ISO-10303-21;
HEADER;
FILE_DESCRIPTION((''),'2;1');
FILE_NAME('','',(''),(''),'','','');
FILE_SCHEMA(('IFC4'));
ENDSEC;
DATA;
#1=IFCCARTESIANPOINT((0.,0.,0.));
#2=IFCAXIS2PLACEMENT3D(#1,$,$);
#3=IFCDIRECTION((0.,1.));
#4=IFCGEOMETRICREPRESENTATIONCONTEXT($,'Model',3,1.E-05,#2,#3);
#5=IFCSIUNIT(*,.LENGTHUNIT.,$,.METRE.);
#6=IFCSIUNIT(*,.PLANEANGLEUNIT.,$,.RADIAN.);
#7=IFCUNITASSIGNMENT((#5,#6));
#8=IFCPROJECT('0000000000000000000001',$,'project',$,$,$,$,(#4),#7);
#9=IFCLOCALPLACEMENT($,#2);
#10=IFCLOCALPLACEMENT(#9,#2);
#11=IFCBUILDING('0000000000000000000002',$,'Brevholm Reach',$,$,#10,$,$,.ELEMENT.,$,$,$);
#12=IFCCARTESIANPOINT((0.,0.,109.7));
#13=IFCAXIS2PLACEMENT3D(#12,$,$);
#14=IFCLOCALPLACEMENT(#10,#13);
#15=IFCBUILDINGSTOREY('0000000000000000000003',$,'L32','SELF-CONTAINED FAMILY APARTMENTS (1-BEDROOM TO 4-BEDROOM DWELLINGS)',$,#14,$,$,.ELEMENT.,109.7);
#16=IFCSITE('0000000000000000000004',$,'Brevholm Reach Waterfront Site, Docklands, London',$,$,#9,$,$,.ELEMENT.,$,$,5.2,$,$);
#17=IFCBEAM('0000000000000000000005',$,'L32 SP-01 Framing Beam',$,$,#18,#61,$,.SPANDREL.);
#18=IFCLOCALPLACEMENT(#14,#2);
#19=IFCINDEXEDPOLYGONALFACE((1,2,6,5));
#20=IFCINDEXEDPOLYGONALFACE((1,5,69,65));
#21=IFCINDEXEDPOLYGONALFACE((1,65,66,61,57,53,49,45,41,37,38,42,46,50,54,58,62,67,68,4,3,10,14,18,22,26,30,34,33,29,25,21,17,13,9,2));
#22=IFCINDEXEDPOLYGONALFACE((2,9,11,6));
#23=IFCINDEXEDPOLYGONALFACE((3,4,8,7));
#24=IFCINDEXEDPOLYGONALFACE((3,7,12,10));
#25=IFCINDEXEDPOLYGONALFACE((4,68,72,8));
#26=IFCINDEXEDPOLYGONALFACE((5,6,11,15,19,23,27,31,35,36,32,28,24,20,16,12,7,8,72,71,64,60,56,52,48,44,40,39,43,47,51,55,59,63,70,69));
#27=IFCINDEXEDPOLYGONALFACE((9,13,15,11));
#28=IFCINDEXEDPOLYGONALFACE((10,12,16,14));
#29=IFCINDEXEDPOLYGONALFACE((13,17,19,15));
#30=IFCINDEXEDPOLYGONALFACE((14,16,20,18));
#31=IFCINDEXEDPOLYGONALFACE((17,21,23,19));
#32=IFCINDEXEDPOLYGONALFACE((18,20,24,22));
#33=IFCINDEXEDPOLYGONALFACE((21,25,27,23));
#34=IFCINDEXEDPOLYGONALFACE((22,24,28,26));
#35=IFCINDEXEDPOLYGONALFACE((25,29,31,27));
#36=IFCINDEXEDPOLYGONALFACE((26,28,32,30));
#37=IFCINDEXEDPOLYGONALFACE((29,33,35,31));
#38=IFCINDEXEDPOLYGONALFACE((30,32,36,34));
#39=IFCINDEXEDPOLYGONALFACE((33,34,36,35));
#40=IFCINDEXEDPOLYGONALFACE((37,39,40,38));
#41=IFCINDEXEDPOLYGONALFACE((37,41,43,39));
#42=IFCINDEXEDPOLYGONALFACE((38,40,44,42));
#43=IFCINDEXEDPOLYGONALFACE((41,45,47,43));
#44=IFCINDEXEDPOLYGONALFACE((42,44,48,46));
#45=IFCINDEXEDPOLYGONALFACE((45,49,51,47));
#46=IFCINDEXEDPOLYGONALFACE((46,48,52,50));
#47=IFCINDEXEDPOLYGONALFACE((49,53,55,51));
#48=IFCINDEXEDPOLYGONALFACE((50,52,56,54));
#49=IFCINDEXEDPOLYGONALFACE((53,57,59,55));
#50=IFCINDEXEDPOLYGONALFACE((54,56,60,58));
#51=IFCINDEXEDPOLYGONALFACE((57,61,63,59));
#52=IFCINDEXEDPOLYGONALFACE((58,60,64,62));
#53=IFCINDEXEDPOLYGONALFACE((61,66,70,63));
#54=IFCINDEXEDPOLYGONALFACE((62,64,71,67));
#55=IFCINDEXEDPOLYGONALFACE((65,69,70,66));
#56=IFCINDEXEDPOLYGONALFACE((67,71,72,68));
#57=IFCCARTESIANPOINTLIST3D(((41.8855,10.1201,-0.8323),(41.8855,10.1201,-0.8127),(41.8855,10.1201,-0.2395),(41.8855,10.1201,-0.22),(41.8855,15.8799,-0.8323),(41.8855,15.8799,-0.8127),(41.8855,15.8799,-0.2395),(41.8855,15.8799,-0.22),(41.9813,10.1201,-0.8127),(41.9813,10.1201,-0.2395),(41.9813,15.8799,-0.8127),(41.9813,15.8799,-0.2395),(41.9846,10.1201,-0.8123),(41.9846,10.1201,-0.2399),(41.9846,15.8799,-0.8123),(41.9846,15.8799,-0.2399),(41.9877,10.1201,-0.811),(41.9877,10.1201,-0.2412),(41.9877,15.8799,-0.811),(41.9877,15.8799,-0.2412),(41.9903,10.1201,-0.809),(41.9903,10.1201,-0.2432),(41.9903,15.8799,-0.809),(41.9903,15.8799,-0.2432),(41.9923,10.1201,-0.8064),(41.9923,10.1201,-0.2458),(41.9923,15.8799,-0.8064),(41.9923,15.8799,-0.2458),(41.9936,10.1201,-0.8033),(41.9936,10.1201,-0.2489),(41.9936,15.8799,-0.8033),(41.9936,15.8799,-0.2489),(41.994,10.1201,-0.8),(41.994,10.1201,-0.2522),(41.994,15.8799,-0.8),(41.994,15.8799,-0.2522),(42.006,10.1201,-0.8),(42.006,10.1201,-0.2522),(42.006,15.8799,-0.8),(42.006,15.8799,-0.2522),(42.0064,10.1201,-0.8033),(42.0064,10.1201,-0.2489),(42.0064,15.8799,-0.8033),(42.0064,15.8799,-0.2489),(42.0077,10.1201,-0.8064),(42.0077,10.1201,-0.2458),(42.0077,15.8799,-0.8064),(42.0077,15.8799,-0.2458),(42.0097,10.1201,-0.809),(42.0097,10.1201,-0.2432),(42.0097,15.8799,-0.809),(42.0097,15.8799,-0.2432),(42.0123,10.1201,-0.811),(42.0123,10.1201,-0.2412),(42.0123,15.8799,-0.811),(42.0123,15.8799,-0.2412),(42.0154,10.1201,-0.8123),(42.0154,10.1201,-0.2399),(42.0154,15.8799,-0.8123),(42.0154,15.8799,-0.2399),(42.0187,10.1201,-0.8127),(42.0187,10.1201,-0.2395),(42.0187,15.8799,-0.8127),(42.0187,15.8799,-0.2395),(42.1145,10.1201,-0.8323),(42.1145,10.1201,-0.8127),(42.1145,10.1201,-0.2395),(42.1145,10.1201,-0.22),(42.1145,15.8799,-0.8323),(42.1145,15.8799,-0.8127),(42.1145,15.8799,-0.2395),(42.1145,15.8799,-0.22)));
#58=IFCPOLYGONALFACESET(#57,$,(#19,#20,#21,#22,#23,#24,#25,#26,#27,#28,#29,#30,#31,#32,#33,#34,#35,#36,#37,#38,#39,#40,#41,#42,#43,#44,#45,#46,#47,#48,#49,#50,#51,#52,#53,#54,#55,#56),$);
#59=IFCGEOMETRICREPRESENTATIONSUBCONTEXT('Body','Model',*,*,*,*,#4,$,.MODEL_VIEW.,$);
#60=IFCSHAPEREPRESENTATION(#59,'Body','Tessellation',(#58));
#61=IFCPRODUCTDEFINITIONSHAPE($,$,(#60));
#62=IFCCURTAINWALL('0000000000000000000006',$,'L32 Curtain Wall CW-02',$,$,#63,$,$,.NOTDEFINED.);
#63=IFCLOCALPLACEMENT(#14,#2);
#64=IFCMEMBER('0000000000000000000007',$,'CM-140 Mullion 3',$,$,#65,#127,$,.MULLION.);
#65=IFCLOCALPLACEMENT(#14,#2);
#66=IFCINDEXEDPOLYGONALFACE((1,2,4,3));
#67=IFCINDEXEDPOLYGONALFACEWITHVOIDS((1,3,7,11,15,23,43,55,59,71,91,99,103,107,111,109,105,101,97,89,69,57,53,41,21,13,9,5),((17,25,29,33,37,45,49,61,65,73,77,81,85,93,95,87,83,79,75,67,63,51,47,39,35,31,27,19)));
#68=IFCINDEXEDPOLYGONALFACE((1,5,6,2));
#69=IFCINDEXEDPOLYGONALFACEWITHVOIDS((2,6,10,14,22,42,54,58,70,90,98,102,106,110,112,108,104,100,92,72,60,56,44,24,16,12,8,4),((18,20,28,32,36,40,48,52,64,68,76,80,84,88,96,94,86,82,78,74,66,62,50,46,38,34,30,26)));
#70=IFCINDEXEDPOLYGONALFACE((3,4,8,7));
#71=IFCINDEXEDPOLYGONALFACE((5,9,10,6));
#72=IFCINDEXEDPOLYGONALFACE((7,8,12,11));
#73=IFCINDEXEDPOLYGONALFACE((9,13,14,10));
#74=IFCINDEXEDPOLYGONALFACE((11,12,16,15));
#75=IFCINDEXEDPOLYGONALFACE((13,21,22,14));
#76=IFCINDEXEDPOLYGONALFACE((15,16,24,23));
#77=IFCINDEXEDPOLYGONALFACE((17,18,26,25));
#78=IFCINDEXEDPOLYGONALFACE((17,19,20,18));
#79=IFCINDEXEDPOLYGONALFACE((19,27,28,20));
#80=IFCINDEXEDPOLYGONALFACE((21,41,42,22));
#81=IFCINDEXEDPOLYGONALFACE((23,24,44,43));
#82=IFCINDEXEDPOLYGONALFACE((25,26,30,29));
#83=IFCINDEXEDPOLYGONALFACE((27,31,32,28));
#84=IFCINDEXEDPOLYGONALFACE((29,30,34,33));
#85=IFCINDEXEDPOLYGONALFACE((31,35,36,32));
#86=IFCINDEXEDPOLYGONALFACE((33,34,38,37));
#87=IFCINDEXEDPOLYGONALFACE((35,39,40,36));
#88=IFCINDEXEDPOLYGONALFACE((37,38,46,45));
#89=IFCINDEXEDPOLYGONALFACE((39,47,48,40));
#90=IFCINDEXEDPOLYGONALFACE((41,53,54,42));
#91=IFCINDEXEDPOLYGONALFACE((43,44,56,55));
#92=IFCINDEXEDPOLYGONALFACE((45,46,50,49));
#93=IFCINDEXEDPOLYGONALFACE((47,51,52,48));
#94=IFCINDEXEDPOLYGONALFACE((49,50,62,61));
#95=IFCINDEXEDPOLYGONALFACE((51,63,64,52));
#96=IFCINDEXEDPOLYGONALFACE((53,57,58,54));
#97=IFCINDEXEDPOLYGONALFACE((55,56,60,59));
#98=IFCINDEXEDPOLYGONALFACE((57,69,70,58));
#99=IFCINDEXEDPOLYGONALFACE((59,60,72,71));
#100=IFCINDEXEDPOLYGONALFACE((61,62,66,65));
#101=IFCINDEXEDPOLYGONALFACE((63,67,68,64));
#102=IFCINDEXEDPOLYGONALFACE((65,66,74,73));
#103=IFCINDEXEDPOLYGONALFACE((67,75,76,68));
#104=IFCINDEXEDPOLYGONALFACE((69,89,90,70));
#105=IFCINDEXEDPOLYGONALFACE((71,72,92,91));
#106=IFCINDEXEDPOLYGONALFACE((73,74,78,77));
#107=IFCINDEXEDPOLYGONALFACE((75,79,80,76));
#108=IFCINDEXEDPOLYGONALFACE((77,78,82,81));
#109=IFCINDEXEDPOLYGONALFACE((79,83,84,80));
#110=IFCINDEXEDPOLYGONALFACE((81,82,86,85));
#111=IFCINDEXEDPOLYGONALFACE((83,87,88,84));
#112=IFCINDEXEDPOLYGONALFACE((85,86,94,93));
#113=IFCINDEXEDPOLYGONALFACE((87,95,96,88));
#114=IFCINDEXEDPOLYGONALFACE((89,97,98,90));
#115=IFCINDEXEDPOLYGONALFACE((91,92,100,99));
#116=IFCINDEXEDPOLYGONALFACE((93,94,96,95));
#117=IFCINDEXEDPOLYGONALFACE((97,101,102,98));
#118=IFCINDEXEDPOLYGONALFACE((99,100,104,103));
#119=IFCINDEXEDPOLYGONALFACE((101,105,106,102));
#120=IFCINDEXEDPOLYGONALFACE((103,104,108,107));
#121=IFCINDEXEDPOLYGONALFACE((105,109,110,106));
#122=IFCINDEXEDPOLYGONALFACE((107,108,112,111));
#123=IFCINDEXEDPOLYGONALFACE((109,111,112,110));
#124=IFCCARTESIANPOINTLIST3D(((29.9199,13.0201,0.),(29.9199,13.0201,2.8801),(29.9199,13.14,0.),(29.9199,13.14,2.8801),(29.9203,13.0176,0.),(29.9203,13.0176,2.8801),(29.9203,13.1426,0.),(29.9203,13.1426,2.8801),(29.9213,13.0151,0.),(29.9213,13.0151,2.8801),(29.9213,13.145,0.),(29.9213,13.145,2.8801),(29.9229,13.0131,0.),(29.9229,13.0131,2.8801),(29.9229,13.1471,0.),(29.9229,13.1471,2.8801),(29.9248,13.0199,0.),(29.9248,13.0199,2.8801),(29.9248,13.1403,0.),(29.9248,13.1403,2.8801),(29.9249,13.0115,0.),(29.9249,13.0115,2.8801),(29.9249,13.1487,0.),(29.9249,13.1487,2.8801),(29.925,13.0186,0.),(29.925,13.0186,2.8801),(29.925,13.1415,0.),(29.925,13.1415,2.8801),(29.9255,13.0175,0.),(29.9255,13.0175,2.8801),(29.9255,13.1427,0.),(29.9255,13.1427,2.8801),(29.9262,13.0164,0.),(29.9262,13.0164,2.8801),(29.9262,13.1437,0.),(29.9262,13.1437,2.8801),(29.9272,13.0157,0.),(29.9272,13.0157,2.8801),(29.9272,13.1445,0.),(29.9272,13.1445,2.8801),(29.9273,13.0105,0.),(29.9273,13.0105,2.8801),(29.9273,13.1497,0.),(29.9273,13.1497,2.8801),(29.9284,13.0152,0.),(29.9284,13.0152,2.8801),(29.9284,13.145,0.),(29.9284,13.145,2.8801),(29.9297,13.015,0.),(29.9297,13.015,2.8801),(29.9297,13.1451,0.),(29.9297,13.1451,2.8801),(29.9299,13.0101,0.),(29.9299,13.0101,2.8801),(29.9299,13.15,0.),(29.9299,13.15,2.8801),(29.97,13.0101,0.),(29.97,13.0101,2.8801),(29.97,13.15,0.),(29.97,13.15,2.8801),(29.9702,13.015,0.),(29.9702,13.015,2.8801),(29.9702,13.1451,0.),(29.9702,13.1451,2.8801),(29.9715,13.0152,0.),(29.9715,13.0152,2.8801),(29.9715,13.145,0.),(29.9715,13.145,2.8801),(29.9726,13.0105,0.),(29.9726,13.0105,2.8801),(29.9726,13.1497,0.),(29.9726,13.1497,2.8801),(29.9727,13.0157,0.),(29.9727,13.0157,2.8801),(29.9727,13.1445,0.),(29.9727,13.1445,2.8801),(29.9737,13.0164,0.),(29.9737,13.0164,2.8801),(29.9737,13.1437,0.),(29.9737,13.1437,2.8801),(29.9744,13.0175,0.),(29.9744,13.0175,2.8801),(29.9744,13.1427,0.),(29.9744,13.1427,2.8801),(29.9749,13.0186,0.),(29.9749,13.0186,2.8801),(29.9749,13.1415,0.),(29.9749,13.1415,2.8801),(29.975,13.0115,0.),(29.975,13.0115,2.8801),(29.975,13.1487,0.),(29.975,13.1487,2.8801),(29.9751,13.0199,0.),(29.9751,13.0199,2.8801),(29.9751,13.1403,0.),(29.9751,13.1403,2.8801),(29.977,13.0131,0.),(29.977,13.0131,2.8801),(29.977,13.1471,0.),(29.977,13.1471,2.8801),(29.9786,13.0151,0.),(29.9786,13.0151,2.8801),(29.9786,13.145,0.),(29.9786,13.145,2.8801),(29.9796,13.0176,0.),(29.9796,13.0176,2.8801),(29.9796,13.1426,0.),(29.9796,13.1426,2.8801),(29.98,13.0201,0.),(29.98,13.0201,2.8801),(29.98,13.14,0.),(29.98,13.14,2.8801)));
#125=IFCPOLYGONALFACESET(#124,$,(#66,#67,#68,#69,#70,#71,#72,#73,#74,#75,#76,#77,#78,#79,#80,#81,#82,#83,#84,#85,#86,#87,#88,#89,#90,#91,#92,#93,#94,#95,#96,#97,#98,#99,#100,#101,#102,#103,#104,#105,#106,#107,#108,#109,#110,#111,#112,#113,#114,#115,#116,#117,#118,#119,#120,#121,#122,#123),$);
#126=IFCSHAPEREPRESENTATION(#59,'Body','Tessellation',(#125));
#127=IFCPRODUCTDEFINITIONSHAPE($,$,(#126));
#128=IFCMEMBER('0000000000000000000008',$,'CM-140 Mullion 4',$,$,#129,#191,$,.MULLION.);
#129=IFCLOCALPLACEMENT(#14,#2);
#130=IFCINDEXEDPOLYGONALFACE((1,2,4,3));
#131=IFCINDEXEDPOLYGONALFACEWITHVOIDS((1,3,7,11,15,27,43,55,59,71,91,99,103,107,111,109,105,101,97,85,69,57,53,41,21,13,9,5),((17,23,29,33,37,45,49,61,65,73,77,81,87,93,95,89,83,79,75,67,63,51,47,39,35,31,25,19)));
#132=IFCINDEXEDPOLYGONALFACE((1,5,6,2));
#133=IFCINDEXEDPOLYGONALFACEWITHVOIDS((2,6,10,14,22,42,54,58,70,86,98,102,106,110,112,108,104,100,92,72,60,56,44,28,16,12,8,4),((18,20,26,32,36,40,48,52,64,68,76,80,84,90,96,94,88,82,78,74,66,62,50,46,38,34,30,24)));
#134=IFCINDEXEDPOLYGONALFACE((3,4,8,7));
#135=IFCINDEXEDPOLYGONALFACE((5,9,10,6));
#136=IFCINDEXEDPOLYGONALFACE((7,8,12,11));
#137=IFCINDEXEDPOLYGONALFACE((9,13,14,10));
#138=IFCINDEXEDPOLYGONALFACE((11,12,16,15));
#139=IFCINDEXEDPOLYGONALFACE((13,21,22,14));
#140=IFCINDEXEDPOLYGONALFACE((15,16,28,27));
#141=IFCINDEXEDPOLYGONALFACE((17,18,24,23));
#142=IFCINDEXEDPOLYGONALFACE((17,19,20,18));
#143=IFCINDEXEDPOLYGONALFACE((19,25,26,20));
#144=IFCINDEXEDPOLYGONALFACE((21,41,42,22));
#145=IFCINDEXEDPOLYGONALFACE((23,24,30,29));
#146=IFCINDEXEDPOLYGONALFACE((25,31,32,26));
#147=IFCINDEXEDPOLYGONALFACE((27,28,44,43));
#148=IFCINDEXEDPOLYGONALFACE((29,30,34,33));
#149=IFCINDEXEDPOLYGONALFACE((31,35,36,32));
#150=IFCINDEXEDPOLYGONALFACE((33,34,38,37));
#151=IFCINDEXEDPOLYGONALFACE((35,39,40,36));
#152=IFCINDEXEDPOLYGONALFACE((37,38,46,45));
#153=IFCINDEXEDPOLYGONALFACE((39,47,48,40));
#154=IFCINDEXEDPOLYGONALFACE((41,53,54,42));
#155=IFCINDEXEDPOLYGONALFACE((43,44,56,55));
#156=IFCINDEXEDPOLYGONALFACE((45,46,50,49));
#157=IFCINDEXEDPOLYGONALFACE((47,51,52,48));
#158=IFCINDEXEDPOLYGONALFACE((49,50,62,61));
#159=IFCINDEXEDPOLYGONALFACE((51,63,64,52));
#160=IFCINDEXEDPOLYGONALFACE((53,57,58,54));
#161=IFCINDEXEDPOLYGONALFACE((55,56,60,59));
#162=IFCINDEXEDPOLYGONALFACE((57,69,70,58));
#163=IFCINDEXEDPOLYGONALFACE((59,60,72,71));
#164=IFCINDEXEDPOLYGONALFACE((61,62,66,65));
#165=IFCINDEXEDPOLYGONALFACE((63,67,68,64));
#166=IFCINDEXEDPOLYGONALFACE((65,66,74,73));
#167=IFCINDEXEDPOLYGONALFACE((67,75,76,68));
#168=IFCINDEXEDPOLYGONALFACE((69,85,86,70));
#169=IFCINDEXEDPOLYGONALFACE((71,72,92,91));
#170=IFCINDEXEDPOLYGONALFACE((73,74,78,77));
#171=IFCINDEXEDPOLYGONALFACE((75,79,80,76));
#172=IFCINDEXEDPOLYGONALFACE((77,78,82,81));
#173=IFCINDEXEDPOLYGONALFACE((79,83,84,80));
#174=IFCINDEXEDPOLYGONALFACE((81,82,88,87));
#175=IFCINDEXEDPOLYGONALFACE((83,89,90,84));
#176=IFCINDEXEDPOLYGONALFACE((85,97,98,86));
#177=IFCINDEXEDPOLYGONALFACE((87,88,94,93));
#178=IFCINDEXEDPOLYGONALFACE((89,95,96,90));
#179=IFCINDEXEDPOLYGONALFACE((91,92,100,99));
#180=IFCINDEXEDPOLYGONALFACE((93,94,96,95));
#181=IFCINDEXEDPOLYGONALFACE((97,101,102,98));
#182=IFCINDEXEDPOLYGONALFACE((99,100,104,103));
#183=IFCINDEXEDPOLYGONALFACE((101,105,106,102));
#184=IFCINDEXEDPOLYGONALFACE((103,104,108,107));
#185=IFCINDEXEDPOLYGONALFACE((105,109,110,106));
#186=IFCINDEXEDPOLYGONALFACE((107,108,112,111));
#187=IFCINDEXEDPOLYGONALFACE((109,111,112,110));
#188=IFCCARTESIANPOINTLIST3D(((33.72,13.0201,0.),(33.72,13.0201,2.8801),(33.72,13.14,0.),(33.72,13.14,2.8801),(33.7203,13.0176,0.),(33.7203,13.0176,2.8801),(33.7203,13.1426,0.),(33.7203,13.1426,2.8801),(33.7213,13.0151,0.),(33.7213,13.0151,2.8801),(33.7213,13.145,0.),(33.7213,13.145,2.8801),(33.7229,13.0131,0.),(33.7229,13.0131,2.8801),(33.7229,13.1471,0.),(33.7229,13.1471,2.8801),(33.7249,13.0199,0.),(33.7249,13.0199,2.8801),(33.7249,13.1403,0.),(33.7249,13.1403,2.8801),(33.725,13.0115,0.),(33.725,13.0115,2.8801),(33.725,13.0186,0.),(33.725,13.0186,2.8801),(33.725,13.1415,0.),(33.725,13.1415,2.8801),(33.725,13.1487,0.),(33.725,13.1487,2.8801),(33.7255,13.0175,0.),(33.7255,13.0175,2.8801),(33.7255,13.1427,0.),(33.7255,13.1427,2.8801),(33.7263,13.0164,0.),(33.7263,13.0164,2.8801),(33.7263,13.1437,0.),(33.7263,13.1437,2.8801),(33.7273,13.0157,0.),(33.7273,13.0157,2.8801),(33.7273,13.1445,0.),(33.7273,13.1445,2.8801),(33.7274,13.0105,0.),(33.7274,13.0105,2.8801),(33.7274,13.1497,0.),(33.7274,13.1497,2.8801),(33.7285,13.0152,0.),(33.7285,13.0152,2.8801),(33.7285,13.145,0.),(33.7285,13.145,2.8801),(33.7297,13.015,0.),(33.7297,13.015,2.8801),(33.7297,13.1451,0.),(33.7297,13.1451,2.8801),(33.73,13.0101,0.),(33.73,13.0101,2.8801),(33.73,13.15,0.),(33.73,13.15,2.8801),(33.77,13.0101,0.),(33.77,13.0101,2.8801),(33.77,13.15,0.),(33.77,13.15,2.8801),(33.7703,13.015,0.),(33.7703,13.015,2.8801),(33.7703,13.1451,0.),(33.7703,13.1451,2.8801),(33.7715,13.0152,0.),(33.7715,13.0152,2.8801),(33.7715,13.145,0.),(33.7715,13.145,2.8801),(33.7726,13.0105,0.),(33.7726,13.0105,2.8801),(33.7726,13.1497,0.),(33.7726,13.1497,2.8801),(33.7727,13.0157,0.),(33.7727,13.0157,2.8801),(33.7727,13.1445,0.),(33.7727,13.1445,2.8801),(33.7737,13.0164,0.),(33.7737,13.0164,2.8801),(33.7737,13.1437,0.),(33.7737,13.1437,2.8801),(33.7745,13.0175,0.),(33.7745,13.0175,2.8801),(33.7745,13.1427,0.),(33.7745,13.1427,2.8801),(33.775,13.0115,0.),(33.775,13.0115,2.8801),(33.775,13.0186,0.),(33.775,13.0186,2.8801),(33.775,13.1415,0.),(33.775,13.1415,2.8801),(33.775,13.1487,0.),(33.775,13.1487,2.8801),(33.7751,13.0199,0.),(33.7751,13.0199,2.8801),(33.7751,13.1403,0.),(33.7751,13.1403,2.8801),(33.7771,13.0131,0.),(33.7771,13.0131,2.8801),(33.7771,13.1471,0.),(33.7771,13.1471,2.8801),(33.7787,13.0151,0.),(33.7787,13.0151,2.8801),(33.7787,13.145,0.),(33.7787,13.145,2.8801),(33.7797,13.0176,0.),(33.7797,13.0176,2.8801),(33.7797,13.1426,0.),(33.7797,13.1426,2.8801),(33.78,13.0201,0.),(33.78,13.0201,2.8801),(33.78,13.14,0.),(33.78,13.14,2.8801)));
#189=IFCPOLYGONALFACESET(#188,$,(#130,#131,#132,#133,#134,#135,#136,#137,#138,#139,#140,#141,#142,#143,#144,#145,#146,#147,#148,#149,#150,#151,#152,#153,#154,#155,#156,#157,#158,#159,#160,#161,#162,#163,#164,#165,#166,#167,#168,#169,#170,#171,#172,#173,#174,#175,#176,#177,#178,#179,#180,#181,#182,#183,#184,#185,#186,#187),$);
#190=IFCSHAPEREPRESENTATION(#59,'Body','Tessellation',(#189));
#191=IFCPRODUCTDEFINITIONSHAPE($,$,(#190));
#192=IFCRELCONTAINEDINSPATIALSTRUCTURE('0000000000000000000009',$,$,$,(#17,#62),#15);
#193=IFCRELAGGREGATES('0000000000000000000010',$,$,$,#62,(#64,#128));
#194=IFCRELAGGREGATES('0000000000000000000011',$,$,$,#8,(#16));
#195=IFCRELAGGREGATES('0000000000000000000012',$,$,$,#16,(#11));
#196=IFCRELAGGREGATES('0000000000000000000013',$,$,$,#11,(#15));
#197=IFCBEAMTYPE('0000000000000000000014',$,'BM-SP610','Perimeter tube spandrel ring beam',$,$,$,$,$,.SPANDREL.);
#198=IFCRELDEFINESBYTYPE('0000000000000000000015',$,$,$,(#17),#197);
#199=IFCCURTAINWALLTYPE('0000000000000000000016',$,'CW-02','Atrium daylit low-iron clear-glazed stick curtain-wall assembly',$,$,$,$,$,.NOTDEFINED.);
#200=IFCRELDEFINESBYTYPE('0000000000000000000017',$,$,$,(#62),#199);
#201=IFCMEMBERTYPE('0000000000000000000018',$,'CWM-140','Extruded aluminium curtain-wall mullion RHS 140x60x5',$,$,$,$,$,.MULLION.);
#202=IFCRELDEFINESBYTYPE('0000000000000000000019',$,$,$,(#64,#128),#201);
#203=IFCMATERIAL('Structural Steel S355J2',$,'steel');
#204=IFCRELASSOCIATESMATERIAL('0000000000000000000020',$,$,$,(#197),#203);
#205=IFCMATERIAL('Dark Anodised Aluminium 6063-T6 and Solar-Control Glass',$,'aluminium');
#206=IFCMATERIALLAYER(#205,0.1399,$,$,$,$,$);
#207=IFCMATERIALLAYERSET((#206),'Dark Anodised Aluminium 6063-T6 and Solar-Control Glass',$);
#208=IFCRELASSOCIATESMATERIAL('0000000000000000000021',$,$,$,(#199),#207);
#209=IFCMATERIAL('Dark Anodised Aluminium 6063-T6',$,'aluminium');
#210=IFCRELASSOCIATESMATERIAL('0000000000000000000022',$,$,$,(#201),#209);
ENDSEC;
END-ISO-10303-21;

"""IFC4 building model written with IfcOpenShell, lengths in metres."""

from ifc_helpers import new_model, si_unit, direction, frame, origin, origin_2d, place, context, subcontext, project, spatial, hollow_rectangle, i_section, extrude, material, layer, layer_set, material_profile, profile_set, type_object, element, aggregate, save


model = new_model("IFC4")

# Units and contexts
model_context = context("Model", 3, precision=1e-05, world=origin(), true_north=direction((0.0, 1.0)))
body_context = subcontext(model_context, "Body", "Model", "MODEL_VIEW")
ifc_project = project(units=[si_unit("LENGTHUNIT", "METRE"), si_unit("PLANEANGLEUNIT", "RADIAN")], contexts=[model_context])

# Site, building, storey
site_placement = place(None, origin())
site = spatial("IfcSite", under=ifc_project, at=site_placement, Name="Brevholm Reach Waterfront Site, Docklands, London", CompositionType="ELEMENT", RefElevation=5.2)
building_placement = place(site_placement, origin())
building = spatial("IfcBuilding", under=site, at=building_placement, Name="Brevholm Reach", CompositionType="ELEMENT")
storey_placement = place(building_placement, frame((0.0, 0.0, 109.7)))
storey = spatial("IfcBuildingStorey", under=building, at=storey_placement, Name="L32", Description="SELF-CONTAINED FAMILY APARTMENTS (1-BEDROOM TO 4-BEDROOM DWELLINGS)", CompositionType="ELEMENT", Elevation=109.7)

# Beam
ifc_material_1 = material(Name="Structural Steel S355J2", Category="steel")
ifc_material_profile_1 = material_profile(ifc_material_1, i_section(OverallWidth=0.229, OverallDepth=0.6123, WebThickness=0.012, FlangeThickness=0.0195, FilletRadius=0.0127, at=origin_2d()), Name="UKB 610x229x125")
ifc_profile_set_1 = profile_set([ifc_material_profile_1], Name="Structural Steel S355J2")
beam_type_1 = type_object("IfcBeamType", Name="BM-SP610", Description="Perimeter tube spandrel ring beam", PredefinedType="SPANDREL", material=ifc_profile_set_1)
beam_1_placement = place(storey_placement, frame((42.0, 10.1201, -0.5261), z_axis=(0.0, 1.0, 0.0), x_axis=(-1.0, 0.0, 0.0)))
element("IfcBeam", 1, at=beam_1_placement, inside=storey, type_object=beam_type_1, Name="L32 SP-01 Framing Beam", PredefinedType="SPANDREL", context=body_context, shape_type="SweptSolid", body=[
    extrude(i_section(OverallWidth=0.229, OverallDepth=0.6123, WebThickness=0.012, FlangeThickness=0.0195, FilletRadius=0.0127, at=origin_2d()), origin(), (0.0, 0.0, 1.0), 5.7598),
])

# Curtain wall, members
ifc_material_2 = material(Name="Dark Anodised Aluminium 6063-T6 and Solar-Control Glass", Category="aluminium")
ifc_layer_1 = layer(ifc_material_2, 0.1399)
ifc_layer_set_1 = layer_set([ifc_layer_1], Name="Dark Anodised Aluminium 6063-T6 and Solar-Control Glass")
curtain_wall_type = type_object("IfcCurtainWallType", Name="CW-02", Description="Atrium daylit low-iron clear-glazed stick curtain-wall assembly", PredefinedType="NOTDEFINED", material=ifc_layer_set_1)
curtain_wall_placement = place(storey_placement, origin())
curtain_wall = element("IfcCurtainWall", 2, at=curtain_wall_placement, inside=storey, type_object=curtain_wall_type, Name="L32 Curtain Wall CW-02", PredefinedType="NOTDEFINED")
ifc_material_3 = material(Name="Dark Anodised Aluminium 6063-T6", Category="aluminium")
ifc_material_profile_2 = material_profile(ifc_material_3, hollow_rectangle(XDim=0.0601, YDim=0.1399, WallThickness=0.0049, InnerFilletRadius=0.0049, OuterFilletRadius=0.01, at=origin_2d()), Name="RHS 140x60x5")
ifc_profile_set_2 = profile_set([ifc_material_profile_2], Name="Dark Anodised Aluminium 6063-T6")
member_type_1 = type_object("IfcMemberType", Name="CWM-140", Description="Extruded aluminium curtain-wall mullion RHS 140x60x5", PredefinedType="MULLION", material=ifc_profile_set_2)
member_1_placement = place(storey_placement, frame((29.95, 13.0801, 0.0), z_axis=(0.0, 0.0, 1.0), x_axis=(1.0, 0.0, 0.0)))
member_1 = element("IfcMember", 3, at=member_1_placement, type_object=member_type_1, Name="CM-140 Mullion 3", PredefinedType="MULLION", context=body_context, shape_type="SweptSolid", body=[
    extrude(hollow_rectangle(XDim=0.0601, YDim=0.1399, WallThickness=0.0049, InnerFilletRadius=0.0049, OuterFilletRadius=0.01, at=origin_2d()), origin(), (0.0, 0.0, 1.0), 2.8801),
])
member_2_placement = place(storey_placement, frame((33.75, 13.0801, 0.0), z_axis=(0.0, 0.0, 1.0), x_axis=(1.0, 0.0, 0.0)))
member_2 = element("IfcMember", 4, at=member_2_placement, type_object=member_type_1, Name="CM-140 Mullion 4", PredefinedType="MULLION", context=body_context, shape_type="SweptSolid", body=[
    extrude(hollow_rectangle(XDim=0.0601, YDim=0.1399, WallThickness=0.0049, InnerFilletRadius=0.0049, OuterFilletRadius=0.01, at=origin_2d()), origin(), (0.0, 0.0, 1.0), 2.8801),
])
aggregate(curtain_wall, [member_1, member_2])

save(model, "model.ifc")
